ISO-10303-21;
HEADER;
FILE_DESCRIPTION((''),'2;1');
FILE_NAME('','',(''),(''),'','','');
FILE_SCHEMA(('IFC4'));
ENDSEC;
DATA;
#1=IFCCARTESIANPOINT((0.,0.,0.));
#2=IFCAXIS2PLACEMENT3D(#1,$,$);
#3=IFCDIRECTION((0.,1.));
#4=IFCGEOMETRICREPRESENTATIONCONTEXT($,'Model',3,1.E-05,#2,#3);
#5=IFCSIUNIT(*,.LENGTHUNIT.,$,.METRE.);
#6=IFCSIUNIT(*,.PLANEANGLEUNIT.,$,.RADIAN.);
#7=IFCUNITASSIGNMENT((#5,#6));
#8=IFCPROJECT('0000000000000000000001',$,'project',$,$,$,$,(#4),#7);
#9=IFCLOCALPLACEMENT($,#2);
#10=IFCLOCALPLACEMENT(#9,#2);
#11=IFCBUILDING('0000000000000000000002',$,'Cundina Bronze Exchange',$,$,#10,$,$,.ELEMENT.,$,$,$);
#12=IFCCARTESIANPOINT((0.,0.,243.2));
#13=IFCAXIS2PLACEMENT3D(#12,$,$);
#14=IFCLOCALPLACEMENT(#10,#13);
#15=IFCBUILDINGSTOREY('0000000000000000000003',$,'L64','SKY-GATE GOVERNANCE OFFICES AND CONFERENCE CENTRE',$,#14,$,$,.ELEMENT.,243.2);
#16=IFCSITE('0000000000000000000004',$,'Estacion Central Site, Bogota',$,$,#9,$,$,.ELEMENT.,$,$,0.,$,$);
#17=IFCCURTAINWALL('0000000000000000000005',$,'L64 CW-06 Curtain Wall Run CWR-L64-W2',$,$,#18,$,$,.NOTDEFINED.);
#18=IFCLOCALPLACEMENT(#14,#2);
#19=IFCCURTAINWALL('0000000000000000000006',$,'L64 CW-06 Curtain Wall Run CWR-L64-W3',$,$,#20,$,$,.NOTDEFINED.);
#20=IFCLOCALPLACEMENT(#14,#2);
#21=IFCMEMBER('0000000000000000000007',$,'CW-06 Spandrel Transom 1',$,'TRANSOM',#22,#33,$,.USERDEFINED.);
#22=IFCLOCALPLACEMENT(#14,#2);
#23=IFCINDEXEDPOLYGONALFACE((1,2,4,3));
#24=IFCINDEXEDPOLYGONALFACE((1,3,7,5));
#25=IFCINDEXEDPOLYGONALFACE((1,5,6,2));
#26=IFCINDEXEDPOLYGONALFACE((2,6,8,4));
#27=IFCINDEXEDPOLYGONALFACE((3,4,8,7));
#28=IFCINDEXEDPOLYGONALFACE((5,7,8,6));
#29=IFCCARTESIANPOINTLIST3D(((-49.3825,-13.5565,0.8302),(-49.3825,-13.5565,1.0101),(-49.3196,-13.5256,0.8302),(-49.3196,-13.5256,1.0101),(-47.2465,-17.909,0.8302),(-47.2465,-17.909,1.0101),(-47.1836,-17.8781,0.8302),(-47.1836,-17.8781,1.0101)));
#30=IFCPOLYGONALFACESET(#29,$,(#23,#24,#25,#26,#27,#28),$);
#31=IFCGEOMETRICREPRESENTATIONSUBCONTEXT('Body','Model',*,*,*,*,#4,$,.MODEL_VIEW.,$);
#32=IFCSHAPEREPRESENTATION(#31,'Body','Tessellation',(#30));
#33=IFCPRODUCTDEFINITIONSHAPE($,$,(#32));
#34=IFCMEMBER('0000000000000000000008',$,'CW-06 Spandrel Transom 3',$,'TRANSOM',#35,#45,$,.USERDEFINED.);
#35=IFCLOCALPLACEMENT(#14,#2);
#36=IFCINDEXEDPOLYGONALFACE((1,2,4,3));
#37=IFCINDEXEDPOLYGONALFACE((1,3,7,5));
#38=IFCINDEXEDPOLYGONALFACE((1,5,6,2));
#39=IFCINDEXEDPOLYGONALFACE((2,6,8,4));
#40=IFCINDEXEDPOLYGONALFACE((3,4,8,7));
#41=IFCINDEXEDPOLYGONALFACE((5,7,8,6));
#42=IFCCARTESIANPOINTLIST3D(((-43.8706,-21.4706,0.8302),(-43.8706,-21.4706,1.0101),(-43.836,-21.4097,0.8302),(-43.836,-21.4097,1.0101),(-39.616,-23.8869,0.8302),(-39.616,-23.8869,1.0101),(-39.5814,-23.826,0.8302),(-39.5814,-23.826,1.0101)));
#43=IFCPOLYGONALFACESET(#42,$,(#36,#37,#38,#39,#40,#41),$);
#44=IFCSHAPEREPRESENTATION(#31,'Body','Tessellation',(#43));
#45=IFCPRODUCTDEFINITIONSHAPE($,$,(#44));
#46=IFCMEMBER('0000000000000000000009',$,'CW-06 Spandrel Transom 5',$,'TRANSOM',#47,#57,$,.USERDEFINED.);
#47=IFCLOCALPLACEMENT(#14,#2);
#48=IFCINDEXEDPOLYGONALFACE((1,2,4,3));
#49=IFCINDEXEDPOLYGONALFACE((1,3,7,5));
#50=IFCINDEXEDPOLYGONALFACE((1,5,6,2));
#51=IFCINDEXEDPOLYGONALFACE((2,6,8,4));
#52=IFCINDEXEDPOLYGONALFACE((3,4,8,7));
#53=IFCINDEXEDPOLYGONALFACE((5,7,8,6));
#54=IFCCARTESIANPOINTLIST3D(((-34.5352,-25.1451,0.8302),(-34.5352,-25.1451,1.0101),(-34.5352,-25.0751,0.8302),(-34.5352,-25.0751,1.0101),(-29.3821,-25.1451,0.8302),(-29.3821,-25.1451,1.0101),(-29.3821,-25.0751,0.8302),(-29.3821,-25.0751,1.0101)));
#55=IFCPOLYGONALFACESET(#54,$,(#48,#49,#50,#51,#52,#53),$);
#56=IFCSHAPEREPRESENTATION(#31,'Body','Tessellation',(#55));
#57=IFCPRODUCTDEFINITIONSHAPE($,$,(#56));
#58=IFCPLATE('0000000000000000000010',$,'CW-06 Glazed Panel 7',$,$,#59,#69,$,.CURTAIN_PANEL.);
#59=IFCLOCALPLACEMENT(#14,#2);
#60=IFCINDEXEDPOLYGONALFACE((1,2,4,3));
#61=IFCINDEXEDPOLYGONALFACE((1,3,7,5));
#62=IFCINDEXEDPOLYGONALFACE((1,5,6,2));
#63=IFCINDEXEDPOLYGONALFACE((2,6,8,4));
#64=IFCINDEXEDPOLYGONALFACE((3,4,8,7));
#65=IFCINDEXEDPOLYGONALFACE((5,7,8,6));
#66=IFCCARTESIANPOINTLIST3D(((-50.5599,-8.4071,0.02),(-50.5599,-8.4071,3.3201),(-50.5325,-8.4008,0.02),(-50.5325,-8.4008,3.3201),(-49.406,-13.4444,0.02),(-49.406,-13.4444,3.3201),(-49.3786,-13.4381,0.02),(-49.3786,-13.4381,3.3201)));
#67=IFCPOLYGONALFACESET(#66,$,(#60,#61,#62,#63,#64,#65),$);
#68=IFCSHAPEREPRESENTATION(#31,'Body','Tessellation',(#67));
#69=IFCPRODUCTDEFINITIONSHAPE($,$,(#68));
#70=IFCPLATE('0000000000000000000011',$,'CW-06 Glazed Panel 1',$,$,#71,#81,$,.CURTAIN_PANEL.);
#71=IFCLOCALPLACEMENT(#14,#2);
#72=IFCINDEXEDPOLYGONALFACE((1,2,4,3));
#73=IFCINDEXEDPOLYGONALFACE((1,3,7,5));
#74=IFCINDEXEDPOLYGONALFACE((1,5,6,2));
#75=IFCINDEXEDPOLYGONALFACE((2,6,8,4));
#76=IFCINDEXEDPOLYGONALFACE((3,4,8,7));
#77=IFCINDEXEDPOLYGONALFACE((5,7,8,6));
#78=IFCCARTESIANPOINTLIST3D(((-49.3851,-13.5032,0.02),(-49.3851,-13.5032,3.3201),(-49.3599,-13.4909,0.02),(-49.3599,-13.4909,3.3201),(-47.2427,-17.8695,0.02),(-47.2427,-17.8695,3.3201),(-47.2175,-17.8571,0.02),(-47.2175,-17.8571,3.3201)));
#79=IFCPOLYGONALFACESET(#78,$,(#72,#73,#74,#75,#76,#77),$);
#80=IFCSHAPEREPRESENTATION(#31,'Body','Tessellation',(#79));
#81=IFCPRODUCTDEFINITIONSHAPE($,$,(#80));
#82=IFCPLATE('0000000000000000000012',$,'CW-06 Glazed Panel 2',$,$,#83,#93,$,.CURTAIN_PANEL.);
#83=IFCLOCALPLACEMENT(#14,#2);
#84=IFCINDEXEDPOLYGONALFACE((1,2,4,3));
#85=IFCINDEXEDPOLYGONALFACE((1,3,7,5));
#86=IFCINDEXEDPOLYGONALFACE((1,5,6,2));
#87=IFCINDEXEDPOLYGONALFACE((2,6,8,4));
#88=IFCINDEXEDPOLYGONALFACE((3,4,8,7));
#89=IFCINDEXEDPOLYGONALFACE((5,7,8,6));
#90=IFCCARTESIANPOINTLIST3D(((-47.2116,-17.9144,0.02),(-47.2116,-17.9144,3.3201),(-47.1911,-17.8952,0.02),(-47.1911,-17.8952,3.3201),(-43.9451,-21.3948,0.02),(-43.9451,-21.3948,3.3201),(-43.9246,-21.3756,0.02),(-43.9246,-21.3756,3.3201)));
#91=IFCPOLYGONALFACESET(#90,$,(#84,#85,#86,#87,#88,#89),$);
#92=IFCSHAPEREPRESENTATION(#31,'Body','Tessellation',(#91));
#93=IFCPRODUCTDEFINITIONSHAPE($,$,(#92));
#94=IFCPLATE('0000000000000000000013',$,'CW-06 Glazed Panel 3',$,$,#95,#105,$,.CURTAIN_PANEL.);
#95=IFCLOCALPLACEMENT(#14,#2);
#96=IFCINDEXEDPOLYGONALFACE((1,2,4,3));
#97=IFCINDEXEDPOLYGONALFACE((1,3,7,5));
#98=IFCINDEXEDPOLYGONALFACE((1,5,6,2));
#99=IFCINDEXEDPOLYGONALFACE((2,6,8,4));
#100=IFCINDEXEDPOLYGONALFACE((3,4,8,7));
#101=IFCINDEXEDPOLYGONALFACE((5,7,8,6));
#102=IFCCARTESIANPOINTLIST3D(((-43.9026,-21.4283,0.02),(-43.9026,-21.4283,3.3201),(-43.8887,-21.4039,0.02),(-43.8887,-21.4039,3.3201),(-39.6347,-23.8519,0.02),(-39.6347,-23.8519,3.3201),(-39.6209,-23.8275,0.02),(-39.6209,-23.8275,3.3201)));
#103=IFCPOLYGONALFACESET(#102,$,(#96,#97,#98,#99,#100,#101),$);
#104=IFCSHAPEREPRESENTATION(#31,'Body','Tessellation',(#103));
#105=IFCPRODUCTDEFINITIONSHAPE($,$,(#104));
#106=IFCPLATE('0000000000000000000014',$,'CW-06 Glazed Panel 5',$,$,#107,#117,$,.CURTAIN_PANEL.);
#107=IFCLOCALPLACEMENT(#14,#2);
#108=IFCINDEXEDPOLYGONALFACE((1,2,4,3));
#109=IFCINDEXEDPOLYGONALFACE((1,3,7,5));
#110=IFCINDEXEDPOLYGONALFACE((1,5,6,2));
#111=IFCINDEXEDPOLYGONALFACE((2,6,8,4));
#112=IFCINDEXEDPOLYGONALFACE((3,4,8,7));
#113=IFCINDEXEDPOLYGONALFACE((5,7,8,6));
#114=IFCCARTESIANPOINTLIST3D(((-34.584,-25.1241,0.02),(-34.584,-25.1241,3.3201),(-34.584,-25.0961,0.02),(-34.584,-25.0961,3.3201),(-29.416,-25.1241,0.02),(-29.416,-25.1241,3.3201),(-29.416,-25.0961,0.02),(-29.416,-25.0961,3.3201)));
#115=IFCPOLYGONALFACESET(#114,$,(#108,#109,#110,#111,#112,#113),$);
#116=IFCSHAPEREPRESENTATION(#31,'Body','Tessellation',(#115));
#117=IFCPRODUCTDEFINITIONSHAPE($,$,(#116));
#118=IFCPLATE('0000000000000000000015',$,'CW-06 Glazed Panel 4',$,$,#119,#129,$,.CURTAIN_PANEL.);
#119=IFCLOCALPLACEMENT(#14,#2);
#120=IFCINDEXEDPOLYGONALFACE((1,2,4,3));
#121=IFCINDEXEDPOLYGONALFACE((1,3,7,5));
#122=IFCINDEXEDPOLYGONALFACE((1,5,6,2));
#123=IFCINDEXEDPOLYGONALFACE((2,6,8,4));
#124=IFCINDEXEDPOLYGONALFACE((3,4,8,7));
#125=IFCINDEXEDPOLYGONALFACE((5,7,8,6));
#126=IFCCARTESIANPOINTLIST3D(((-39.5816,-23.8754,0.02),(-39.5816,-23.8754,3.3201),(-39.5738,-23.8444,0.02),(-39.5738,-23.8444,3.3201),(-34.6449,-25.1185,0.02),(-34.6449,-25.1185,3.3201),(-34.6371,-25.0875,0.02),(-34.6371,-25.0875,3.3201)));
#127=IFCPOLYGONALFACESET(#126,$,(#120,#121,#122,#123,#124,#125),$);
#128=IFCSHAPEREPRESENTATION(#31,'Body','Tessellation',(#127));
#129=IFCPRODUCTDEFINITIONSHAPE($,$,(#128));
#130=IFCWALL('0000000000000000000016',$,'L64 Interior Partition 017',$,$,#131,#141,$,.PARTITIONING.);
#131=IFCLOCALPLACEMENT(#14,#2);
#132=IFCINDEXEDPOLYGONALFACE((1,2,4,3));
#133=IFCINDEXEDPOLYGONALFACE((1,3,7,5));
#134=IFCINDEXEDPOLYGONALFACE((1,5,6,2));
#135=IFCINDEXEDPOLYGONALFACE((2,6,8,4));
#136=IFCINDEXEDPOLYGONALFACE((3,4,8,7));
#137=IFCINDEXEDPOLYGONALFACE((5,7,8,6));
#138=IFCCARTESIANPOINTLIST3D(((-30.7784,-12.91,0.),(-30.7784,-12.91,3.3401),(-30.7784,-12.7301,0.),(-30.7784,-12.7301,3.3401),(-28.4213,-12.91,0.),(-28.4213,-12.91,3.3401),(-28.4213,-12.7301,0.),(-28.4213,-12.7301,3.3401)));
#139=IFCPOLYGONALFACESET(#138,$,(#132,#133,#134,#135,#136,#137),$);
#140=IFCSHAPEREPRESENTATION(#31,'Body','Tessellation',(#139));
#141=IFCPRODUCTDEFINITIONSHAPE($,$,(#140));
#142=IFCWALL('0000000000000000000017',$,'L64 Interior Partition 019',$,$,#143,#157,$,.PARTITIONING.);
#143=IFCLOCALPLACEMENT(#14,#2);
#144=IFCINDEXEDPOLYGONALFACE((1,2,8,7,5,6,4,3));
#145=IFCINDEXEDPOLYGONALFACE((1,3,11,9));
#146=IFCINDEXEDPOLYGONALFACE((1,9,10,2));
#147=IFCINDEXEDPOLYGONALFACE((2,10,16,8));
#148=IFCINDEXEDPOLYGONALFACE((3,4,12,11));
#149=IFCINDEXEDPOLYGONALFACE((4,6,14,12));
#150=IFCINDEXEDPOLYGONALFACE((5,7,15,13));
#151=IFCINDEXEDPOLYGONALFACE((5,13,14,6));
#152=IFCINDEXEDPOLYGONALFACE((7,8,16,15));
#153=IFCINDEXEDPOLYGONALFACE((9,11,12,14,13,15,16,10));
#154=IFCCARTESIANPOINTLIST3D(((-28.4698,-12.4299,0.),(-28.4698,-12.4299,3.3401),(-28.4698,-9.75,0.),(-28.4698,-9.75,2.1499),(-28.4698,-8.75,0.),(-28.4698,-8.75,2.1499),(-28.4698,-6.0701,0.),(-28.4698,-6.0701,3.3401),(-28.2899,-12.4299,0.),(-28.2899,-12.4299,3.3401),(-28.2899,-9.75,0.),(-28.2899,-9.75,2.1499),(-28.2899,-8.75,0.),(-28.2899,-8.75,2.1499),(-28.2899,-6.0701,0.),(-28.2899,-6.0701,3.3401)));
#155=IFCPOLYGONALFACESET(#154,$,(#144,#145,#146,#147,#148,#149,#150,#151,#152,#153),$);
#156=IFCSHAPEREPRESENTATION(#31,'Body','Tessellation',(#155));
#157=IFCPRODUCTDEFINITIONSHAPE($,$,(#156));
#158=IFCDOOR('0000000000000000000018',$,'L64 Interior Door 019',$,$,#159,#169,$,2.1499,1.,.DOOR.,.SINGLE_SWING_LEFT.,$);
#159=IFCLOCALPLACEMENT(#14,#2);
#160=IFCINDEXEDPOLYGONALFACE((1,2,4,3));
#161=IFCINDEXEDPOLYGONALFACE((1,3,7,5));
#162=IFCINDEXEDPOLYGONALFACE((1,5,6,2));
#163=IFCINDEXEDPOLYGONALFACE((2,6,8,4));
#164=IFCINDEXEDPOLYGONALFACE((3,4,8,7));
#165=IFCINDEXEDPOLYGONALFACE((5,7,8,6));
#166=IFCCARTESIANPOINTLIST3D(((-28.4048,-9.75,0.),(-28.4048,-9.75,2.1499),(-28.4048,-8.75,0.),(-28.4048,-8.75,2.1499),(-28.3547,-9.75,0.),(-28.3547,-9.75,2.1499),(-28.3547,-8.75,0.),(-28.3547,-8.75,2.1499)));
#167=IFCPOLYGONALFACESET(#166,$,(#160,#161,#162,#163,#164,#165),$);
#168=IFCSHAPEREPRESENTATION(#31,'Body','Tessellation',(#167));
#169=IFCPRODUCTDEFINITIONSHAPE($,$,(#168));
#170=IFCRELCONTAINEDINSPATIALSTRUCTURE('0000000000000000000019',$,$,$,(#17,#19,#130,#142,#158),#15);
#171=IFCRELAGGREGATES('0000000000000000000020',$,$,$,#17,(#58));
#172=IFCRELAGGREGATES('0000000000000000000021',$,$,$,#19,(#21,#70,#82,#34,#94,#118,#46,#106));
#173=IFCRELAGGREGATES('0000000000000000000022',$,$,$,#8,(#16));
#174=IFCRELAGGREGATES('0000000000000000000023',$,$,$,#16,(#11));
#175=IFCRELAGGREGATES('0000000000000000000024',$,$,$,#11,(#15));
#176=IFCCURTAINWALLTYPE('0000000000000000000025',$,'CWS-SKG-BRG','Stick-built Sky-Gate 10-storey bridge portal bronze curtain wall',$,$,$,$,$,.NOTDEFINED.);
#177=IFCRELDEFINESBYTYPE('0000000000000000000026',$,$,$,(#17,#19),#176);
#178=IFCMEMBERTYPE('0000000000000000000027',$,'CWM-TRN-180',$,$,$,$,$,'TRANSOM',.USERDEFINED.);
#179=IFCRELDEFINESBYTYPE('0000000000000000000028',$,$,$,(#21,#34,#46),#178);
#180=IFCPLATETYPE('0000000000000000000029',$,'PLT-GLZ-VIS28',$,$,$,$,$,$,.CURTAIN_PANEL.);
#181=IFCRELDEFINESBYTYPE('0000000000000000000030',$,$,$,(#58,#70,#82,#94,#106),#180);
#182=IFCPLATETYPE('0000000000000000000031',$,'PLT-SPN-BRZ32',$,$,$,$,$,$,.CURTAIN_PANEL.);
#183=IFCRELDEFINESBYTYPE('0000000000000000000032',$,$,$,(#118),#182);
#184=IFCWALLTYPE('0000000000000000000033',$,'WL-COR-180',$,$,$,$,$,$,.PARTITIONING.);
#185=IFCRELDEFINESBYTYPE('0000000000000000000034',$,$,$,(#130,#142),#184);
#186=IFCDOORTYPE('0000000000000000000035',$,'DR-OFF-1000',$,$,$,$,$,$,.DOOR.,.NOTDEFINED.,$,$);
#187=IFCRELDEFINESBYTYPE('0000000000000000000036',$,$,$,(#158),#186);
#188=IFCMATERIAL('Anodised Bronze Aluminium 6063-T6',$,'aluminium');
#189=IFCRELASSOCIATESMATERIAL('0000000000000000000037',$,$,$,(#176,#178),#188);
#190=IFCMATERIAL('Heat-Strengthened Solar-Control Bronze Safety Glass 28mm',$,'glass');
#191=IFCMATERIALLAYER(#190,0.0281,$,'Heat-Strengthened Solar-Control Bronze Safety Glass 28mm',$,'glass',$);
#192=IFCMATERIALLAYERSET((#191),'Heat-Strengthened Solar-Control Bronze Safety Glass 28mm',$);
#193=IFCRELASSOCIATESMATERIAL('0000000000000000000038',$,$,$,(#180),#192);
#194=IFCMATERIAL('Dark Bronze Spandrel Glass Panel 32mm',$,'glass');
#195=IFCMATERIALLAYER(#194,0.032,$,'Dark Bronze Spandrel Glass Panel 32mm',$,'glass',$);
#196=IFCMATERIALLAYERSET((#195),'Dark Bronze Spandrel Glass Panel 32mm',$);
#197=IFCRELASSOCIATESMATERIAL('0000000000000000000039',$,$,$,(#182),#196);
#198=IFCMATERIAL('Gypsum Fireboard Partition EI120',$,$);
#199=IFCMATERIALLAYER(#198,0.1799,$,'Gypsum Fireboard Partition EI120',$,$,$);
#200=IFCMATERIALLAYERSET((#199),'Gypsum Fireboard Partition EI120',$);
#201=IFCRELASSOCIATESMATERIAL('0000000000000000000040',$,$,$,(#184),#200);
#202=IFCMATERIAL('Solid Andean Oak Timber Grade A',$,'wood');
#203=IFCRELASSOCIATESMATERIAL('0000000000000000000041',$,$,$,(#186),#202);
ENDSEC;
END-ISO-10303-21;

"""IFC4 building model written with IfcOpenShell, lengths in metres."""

from ifc_helpers import new_model, si_unit, direction, frame, frame_2d, origin, origin_2d, place, context, subcontext, project, spatial, rectangle, extrude, material, layer, layer_set, material_profile, profile_set, type_object, element, fill, aggregate, save


model = new_model("IFC4")

# Units and contexts
model_context = context("Model", 3, precision=1e-05, world=origin(), true_north=direction((0.0, 1.0)))
body_context = subcontext(model_context, "Body", "Model", "MODEL_VIEW")
ifc_project = project(units=[si_unit("LENGTHUNIT", "METRE"), si_unit("PLANEANGLEUNIT", "RADIAN")], contexts=[model_context])

# Site, building, storey
site_placement = place(None, origin())
site = spatial("IfcSite", under=ifc_project, at=site_placement, Name="Estacion Central Site, Bogota", CompositionType="ELEMENT", RefElevation=0.0)
building_placement = place(site_placement, origin())
building = spatial("IfcBuilding", under=site, at=building_placement, Name="Cundina Bronze Exchange", CompositionType="ELEMENT")
storey_placement = place(building_placement, frame((0.0, 0.0, 243.2)))
storey = spatial("IfcBuildingStorey", under=building, at=storey_placement, Name="L64", Description="SKY-GATE GOVERNANCE OFFICES AND CONFERENCE CENTRE", CompositionType="ELEMENT", Elevation=243.2)

# Curtain wall
ifc_material_1 = material(Name="Anodised Bronze Aluminium 6063-T6", Category="aluminium")
curtain_wall_type = type_object("IfcCurtainWallType", Name="CWS-SKG-BRG", Description="Stick-built Sky-Gate 10-storey bridge portal bronze curtain wall", PredefinedType="NOTDEFINED", material=ifc_material_1)
curtain_wall_1_placement = place(storey_placement, origin())
curtain_wall_1 = element("IfcCurtainWall", 1, at=curtain_wall_1_placement, inside=storey, type_object=curtain_wall_type, Name="L64 CW-06 Curtain Wall Run CWR-L64-W2", PredefinedType="NOTDEFINED")

# Curtain wall, members
curtain_wall_2_placement = place(storey_placement, origin())
curtain_wall_2 = element("IfcCurtainWall", 2, at=curtain_wall_2_placement, inside=storey, type_object=curtain_wall_type, Name="L64 CW-06 Curtain Wall Run CWR-L64-W3", PredefinedType="NOTDEFINED")
ifc_material_profile_1 = material_profile(ifc_material_1, rectangle(XDim=0.0701, YDim=0.1799, at=origin_2d()), Name="AL70X180", Category="aluminium")
ifc_profile_set_1 = profile_set([ifc_material_profile_1], Name="Anodised Bronze Aluminium 6063-T6")
member_type_1 = type_object("IfcMemberType", Name="CWM-TRN-180", ElementType="TRANSOM", PredefinedType="USERDEFINED", material=ifc_profile_set_1)
member_1_placement = place(storey_placement, frame((-49.3511, -13.541, 0.9202), z_axis=(0.440554, -0.897726, 0.0), x_axis=(0.897726, 0.440554, 0.0)))
member_1 = element("IfcMember", 3, at=member_1_placement, type_object=member_type_1, Name="CW-06 Spandrel Transom 1", ObjectType="TRANSOM", PredefinedType="USERDEFINED", context=body_context, shape_type="SweptSolid", body=[
    extrude(rectangle(XDim=0.0701, YDim=0.1799, at=origin_2d()), origin(), (0.0, 0.0, 1.0), 4.8484),
])
member_2_placement = place(storey_placement, frame((-43.8533, -21.4402, 0.9202), z_axis=(0.869557, -0.493832, 0.0), x_axis=(0.493832, 0.869557, 0.0)))
member_2 = element("IfcMember", 4, at=member_2_placement, type_object=member_type_1, Name="CW-06 Spandrel Transom 3", ObjectType="TRANSOM", PredefinedType="USERDEFINED", context=body_context, shape_type="SweptSolid", body=[
    extrude(rectangle(XDim=0.0701, YDim=0.1799, at=origin_2d()), origin(), (0.0, 0.0, 1.0), 4.8928),
])
member_3_placement = place(storey_placement, frame((-34.5352, -25.1101, 0.9202), z_axis=(1.0, 0.0, 0.0), x_axis=(0.0, 1.0, 0.0)))
member_3 = element("IfcMember", 5, at=member_3_placement, type_object=member_type_1, Name="CW-06 Spandrel Transom 5", ObjectType="TRANSOM", PredefinedType="USERDEFINED", context=body_context, shape_type="SweptSolid", body=[
    extrude(rectangle(XDim=0.0701, YDim=0.1799, at=origin_2d()), origin(), (0.0, 0.0, 1.0), 5.1531),
])

# Plates
ifc_material_2 = material(Name="Heat-Strengthened Solar-Control Bronze Safety Glass 28mm", Category="glass")
ifc_layer_1 = layer(ifc_material_2, 0.0281, Name="Heat-Strengthened Solar-Control Bronze Safety Glass 28mm", Category="glass")
ifc_layer_set_1 = layer_set([ifc_layer_1], Name="Heat-Strengthened Solar-Control Bronze Safety Glass 28mm")
plate_type_1 = type_object("IfcPlateType", Name="PLT-GLZ-VIS28", PredefinedType="CURTAIN_PANEL", material=ifc_layer_set_1)
plate_1_placement = place(storey_placement, frame((-49.9692, -10.9226, 0.02), z_axis=(0.0, 0.0, 1.0), x_axis=(0.223284, -0.974753, 0.0)))
plate_1 = element("IfcPlate", 6, at=plate_1_placement, type_object=plate_type_1, Name="CW-06 Glazed Panel 7", PredefinedType="CURTAIN_PANEL", context=body_context, shape_type="SweptSolid", body=[
    extrude(rectangle(XDim=5.1677, YDim=0.0281, at=origin_2d()), origin(), (0.0, 0.0, 1.0), 3.3),
])
aggregate(curtain_wall_1, [plate_1])
plate_2_placement = place(storey_placement, frame((-48.3013, -15.6802, 0.02), z_axis=(0.0, 0.0, 1.0), x_axis=(0.440503, -0.897751, 0.0)))
plate_2 = element("IfcPlate", 7, at=plate_2_placement, type_object=plate_type_1, Name="CW-06 Glazed Panel 1", PredefinedType="CURTAIN_PANEL", context=body_context, shape_type="SweptSolid", body=[
    extrude(rectangle(XDim=4.8635, YDim=0.0281, at=origin_2d()), origin(), (0.0, 0.0, 1.0), 3.3),
])
plate_3_placement = place(storey_placement, frame((-45.5681, -19.645, 0.02), z_axis=(0.0, 0.0, 1.0), x_axis=(0.684344, -0.72916, 0.0)))
plate_3 = element("IfcPlate", 8, at=plate_3_placement, type_object=plate_type_1, Name="CW-06 Glazed Panel 2", PredefinedType="CURTAIN_PANEL", context=body_context, shape_type="SweptSolid", body=[
    extrude(rectangle(XDim=4.7732, YDim=0.0281, at=origin_2d()), origin(), (0.0, 0.0, 1.0), 3.3),
])
plate_4_placement = place(storey_placement, frame((-41.7617, -22.6279, 0.02), z_axis=(0.0, 0.0, 1.0), x_axis=(0.869573, -0.493805, 0.0)))
plate_4 = element("IfcPlate", 9, at=plate_4_placement, type_object=plate_type_1, Name="CW-06 Glazed Panel 3", PredefinedType="CURTAIN_PANEL", context=body_context, shape_type="SweptSolid", body=[
    extrude(rectangle(XDim=4.908, YDim=0.0281, at=origin_2d()), origin(), (0.0, 0.0, 1.0), 3.3),
])
plate_5_placement = place(storey_placement, frame((-32.0, -25.1101, 0.02), z_axis=(0.0, 0.0, 1.0), x_axis=(1.0, 0.0, 0.0)))
plate_5 = element("IfcPlate", 10, at=plate_5_placement, type_object=plate_type_1, Name="CW-06 Glazed Panel 5", PredefinedType="CURTAIN_PANEL", context=body_context, shape_type="SweptSolid", body=[
    extrude(rectangle(XDim=5.168, YDim=0.0281, at=origin_2d()), origin(), (0.0, 0.0, 1.0), 3.3),
])
ifc_material_3 = material(Name="Dark Bronze Spandrel Glass Panel 32mm", Category="glass")
ifc_layer_2 = layer(ifc_material_3, 0.032, Name="Dark Bronze Spandrel Glass Panel 32mm", Category="glass")
ifc_layer_set_2 = layer_set([ifc_layer_2], Name="Dark Bronze Spandrel Glass Panel 32mm")
plate_type_2 = type_object("IfcPlateType", Name="PLT-SPN-BRZ32", PredefinedType="CURTAIN_PANEL", material=ifc_layer_set_2)
plate_6_placement = place(storey_placement, frame((-37.1094, -24.4814, 0.02), z_axis=(0.0, 0.0, 1.0), x_axis=(0.969732, -0.244174, 0.0)))
plate_6 = element("IfcPlate", 11, at=plate_6_placement, type_object=plate_type_2, Name="CW-06 Glazed Panel 4", PredefinedType="CURTAIN_PANEL", context=body_context, shape_type="SweptSolid", body=[
    extrude(rectangle(XDim=5.0908, YDim=0.032, at=origin_2d()), origin(), (0.0, 0.0, 1.0), 3.3),
])
aggregate(curtain_wall_2, [member_1, plate_2, plate_3, member_2, plate_4, plate_6, member_3, plate_5])

# Wall
ifc_material_4 = material(Name="Gypsum Fireboard Partition EI120")
ifc_layer_3 = layer(ifc_material_4, 0.1799, Name="Gypsum Fireboard Partition EI120")
ifc_layer_set_3 = layer_set([ifc_layer_3], Name="Gypsum Fireboard Partition EI120")
wall_type_1 = type_object("IfcWallType", Name="WL-COR-180", PredefinedType="PARTITIONING", material=ifc_layer_set_3)
wall_1_placement = place(storey_placement, frame((-30.7786, -12.8201, 0.0), z_axis=(0.0, 0.0, 1.0), x_axis=(1.0, 0.0, 0.0)))
element("IfcWall", 12, at=wall_1_placement, inside=storey, type_object=wall_type_1, Name="L64 Interior Partition 017", PredefinedType="PARTITIONING", context=body_context, shape_type="SweptSolid", body=[
    extrude(rectangle(XDim=2.3572, YDim=0.1799, at=frame_2d((1.1787, 0.0))), origin(), (0.0, 0.0, 1.0), 3.3401),
])

# Wall, opening, door
wall_2_placement = place(storey_placement, frame((-28.3799, -12.4299, 0.0), z_axis=(0.0, 0.0, 1.0), x_axis=(0.0, 1.0, 0.0)))
wall_2 = element("IfcWall", 13, at=wall_2_placement, inside=storey, type_object=wall_type_1, Name="L64 Interior Partition 019", PredefinedType="PARTITIONING", context=body_context, shape_type="SweptSolid", body=[
    extrude(rectangle(XDim=6.3599, YDim=0.1799, at=frame_2d((3.1799, 0.0))), origin(), (0.0, 0.0, 1.0), 3.3401),
])
opening_1_placement = place(wall_2_placement, frame((2.6799, 0.0, 0.0)))
opening_1 = element("IfcOpeningElement", 14, at=opening_1_placement, cuts=wall_2, PredefinedType="OPENING", context=body_context, shape_type="SweptSolid", body=[
    extrude(rectangle(XDim=1.0, YDim=2.1499, at=frame_2d((0.5, 1.075))), frame((0.0, 0.0999, 0.0), z_axis=(0.0, -1.0, 0.0), x_axis=(1.0, 0.0, 0.0)), (0.0, 0.0, 1.0), 0.2),
])
ifc_material_5 = material(Name="Solid Andean Oak Timber Grade A", Category="wood")
door_type = type_object("IfcDoorType", Name="DR-OFF-1000", OperationType="NOTDEFINED", PredefinedType="DOOR", material=ifc_material_5)
door_1_placement = place(opening_1_placement, origin())
door_1 = element("IfcDoor", 15, at=door_1_placement, inside=storey, type_object=door_type, Name="L64 Interior Door 019", OperationType="SINGLE_SWING_LEFT", OverallHeight=2.1499, OverallWidth=1.0, PredefinedType="DOOR", context=body_context, shape_type="SweptSolid", body=[
    extrude(rectangle(XDim=1.0, YDim=2.1499, at=frame_2d((0.5, 1.075))), frame((0.0, 0.0249, 0.0), z_axis=(0.0, -1.0, 0.0), x_axis=(1.0, 0.0, 0.0)), (0.0, 0.0, 1.0), 0.05),
])
fill(opening_1, door_1)

save(model, "model.ifc")
